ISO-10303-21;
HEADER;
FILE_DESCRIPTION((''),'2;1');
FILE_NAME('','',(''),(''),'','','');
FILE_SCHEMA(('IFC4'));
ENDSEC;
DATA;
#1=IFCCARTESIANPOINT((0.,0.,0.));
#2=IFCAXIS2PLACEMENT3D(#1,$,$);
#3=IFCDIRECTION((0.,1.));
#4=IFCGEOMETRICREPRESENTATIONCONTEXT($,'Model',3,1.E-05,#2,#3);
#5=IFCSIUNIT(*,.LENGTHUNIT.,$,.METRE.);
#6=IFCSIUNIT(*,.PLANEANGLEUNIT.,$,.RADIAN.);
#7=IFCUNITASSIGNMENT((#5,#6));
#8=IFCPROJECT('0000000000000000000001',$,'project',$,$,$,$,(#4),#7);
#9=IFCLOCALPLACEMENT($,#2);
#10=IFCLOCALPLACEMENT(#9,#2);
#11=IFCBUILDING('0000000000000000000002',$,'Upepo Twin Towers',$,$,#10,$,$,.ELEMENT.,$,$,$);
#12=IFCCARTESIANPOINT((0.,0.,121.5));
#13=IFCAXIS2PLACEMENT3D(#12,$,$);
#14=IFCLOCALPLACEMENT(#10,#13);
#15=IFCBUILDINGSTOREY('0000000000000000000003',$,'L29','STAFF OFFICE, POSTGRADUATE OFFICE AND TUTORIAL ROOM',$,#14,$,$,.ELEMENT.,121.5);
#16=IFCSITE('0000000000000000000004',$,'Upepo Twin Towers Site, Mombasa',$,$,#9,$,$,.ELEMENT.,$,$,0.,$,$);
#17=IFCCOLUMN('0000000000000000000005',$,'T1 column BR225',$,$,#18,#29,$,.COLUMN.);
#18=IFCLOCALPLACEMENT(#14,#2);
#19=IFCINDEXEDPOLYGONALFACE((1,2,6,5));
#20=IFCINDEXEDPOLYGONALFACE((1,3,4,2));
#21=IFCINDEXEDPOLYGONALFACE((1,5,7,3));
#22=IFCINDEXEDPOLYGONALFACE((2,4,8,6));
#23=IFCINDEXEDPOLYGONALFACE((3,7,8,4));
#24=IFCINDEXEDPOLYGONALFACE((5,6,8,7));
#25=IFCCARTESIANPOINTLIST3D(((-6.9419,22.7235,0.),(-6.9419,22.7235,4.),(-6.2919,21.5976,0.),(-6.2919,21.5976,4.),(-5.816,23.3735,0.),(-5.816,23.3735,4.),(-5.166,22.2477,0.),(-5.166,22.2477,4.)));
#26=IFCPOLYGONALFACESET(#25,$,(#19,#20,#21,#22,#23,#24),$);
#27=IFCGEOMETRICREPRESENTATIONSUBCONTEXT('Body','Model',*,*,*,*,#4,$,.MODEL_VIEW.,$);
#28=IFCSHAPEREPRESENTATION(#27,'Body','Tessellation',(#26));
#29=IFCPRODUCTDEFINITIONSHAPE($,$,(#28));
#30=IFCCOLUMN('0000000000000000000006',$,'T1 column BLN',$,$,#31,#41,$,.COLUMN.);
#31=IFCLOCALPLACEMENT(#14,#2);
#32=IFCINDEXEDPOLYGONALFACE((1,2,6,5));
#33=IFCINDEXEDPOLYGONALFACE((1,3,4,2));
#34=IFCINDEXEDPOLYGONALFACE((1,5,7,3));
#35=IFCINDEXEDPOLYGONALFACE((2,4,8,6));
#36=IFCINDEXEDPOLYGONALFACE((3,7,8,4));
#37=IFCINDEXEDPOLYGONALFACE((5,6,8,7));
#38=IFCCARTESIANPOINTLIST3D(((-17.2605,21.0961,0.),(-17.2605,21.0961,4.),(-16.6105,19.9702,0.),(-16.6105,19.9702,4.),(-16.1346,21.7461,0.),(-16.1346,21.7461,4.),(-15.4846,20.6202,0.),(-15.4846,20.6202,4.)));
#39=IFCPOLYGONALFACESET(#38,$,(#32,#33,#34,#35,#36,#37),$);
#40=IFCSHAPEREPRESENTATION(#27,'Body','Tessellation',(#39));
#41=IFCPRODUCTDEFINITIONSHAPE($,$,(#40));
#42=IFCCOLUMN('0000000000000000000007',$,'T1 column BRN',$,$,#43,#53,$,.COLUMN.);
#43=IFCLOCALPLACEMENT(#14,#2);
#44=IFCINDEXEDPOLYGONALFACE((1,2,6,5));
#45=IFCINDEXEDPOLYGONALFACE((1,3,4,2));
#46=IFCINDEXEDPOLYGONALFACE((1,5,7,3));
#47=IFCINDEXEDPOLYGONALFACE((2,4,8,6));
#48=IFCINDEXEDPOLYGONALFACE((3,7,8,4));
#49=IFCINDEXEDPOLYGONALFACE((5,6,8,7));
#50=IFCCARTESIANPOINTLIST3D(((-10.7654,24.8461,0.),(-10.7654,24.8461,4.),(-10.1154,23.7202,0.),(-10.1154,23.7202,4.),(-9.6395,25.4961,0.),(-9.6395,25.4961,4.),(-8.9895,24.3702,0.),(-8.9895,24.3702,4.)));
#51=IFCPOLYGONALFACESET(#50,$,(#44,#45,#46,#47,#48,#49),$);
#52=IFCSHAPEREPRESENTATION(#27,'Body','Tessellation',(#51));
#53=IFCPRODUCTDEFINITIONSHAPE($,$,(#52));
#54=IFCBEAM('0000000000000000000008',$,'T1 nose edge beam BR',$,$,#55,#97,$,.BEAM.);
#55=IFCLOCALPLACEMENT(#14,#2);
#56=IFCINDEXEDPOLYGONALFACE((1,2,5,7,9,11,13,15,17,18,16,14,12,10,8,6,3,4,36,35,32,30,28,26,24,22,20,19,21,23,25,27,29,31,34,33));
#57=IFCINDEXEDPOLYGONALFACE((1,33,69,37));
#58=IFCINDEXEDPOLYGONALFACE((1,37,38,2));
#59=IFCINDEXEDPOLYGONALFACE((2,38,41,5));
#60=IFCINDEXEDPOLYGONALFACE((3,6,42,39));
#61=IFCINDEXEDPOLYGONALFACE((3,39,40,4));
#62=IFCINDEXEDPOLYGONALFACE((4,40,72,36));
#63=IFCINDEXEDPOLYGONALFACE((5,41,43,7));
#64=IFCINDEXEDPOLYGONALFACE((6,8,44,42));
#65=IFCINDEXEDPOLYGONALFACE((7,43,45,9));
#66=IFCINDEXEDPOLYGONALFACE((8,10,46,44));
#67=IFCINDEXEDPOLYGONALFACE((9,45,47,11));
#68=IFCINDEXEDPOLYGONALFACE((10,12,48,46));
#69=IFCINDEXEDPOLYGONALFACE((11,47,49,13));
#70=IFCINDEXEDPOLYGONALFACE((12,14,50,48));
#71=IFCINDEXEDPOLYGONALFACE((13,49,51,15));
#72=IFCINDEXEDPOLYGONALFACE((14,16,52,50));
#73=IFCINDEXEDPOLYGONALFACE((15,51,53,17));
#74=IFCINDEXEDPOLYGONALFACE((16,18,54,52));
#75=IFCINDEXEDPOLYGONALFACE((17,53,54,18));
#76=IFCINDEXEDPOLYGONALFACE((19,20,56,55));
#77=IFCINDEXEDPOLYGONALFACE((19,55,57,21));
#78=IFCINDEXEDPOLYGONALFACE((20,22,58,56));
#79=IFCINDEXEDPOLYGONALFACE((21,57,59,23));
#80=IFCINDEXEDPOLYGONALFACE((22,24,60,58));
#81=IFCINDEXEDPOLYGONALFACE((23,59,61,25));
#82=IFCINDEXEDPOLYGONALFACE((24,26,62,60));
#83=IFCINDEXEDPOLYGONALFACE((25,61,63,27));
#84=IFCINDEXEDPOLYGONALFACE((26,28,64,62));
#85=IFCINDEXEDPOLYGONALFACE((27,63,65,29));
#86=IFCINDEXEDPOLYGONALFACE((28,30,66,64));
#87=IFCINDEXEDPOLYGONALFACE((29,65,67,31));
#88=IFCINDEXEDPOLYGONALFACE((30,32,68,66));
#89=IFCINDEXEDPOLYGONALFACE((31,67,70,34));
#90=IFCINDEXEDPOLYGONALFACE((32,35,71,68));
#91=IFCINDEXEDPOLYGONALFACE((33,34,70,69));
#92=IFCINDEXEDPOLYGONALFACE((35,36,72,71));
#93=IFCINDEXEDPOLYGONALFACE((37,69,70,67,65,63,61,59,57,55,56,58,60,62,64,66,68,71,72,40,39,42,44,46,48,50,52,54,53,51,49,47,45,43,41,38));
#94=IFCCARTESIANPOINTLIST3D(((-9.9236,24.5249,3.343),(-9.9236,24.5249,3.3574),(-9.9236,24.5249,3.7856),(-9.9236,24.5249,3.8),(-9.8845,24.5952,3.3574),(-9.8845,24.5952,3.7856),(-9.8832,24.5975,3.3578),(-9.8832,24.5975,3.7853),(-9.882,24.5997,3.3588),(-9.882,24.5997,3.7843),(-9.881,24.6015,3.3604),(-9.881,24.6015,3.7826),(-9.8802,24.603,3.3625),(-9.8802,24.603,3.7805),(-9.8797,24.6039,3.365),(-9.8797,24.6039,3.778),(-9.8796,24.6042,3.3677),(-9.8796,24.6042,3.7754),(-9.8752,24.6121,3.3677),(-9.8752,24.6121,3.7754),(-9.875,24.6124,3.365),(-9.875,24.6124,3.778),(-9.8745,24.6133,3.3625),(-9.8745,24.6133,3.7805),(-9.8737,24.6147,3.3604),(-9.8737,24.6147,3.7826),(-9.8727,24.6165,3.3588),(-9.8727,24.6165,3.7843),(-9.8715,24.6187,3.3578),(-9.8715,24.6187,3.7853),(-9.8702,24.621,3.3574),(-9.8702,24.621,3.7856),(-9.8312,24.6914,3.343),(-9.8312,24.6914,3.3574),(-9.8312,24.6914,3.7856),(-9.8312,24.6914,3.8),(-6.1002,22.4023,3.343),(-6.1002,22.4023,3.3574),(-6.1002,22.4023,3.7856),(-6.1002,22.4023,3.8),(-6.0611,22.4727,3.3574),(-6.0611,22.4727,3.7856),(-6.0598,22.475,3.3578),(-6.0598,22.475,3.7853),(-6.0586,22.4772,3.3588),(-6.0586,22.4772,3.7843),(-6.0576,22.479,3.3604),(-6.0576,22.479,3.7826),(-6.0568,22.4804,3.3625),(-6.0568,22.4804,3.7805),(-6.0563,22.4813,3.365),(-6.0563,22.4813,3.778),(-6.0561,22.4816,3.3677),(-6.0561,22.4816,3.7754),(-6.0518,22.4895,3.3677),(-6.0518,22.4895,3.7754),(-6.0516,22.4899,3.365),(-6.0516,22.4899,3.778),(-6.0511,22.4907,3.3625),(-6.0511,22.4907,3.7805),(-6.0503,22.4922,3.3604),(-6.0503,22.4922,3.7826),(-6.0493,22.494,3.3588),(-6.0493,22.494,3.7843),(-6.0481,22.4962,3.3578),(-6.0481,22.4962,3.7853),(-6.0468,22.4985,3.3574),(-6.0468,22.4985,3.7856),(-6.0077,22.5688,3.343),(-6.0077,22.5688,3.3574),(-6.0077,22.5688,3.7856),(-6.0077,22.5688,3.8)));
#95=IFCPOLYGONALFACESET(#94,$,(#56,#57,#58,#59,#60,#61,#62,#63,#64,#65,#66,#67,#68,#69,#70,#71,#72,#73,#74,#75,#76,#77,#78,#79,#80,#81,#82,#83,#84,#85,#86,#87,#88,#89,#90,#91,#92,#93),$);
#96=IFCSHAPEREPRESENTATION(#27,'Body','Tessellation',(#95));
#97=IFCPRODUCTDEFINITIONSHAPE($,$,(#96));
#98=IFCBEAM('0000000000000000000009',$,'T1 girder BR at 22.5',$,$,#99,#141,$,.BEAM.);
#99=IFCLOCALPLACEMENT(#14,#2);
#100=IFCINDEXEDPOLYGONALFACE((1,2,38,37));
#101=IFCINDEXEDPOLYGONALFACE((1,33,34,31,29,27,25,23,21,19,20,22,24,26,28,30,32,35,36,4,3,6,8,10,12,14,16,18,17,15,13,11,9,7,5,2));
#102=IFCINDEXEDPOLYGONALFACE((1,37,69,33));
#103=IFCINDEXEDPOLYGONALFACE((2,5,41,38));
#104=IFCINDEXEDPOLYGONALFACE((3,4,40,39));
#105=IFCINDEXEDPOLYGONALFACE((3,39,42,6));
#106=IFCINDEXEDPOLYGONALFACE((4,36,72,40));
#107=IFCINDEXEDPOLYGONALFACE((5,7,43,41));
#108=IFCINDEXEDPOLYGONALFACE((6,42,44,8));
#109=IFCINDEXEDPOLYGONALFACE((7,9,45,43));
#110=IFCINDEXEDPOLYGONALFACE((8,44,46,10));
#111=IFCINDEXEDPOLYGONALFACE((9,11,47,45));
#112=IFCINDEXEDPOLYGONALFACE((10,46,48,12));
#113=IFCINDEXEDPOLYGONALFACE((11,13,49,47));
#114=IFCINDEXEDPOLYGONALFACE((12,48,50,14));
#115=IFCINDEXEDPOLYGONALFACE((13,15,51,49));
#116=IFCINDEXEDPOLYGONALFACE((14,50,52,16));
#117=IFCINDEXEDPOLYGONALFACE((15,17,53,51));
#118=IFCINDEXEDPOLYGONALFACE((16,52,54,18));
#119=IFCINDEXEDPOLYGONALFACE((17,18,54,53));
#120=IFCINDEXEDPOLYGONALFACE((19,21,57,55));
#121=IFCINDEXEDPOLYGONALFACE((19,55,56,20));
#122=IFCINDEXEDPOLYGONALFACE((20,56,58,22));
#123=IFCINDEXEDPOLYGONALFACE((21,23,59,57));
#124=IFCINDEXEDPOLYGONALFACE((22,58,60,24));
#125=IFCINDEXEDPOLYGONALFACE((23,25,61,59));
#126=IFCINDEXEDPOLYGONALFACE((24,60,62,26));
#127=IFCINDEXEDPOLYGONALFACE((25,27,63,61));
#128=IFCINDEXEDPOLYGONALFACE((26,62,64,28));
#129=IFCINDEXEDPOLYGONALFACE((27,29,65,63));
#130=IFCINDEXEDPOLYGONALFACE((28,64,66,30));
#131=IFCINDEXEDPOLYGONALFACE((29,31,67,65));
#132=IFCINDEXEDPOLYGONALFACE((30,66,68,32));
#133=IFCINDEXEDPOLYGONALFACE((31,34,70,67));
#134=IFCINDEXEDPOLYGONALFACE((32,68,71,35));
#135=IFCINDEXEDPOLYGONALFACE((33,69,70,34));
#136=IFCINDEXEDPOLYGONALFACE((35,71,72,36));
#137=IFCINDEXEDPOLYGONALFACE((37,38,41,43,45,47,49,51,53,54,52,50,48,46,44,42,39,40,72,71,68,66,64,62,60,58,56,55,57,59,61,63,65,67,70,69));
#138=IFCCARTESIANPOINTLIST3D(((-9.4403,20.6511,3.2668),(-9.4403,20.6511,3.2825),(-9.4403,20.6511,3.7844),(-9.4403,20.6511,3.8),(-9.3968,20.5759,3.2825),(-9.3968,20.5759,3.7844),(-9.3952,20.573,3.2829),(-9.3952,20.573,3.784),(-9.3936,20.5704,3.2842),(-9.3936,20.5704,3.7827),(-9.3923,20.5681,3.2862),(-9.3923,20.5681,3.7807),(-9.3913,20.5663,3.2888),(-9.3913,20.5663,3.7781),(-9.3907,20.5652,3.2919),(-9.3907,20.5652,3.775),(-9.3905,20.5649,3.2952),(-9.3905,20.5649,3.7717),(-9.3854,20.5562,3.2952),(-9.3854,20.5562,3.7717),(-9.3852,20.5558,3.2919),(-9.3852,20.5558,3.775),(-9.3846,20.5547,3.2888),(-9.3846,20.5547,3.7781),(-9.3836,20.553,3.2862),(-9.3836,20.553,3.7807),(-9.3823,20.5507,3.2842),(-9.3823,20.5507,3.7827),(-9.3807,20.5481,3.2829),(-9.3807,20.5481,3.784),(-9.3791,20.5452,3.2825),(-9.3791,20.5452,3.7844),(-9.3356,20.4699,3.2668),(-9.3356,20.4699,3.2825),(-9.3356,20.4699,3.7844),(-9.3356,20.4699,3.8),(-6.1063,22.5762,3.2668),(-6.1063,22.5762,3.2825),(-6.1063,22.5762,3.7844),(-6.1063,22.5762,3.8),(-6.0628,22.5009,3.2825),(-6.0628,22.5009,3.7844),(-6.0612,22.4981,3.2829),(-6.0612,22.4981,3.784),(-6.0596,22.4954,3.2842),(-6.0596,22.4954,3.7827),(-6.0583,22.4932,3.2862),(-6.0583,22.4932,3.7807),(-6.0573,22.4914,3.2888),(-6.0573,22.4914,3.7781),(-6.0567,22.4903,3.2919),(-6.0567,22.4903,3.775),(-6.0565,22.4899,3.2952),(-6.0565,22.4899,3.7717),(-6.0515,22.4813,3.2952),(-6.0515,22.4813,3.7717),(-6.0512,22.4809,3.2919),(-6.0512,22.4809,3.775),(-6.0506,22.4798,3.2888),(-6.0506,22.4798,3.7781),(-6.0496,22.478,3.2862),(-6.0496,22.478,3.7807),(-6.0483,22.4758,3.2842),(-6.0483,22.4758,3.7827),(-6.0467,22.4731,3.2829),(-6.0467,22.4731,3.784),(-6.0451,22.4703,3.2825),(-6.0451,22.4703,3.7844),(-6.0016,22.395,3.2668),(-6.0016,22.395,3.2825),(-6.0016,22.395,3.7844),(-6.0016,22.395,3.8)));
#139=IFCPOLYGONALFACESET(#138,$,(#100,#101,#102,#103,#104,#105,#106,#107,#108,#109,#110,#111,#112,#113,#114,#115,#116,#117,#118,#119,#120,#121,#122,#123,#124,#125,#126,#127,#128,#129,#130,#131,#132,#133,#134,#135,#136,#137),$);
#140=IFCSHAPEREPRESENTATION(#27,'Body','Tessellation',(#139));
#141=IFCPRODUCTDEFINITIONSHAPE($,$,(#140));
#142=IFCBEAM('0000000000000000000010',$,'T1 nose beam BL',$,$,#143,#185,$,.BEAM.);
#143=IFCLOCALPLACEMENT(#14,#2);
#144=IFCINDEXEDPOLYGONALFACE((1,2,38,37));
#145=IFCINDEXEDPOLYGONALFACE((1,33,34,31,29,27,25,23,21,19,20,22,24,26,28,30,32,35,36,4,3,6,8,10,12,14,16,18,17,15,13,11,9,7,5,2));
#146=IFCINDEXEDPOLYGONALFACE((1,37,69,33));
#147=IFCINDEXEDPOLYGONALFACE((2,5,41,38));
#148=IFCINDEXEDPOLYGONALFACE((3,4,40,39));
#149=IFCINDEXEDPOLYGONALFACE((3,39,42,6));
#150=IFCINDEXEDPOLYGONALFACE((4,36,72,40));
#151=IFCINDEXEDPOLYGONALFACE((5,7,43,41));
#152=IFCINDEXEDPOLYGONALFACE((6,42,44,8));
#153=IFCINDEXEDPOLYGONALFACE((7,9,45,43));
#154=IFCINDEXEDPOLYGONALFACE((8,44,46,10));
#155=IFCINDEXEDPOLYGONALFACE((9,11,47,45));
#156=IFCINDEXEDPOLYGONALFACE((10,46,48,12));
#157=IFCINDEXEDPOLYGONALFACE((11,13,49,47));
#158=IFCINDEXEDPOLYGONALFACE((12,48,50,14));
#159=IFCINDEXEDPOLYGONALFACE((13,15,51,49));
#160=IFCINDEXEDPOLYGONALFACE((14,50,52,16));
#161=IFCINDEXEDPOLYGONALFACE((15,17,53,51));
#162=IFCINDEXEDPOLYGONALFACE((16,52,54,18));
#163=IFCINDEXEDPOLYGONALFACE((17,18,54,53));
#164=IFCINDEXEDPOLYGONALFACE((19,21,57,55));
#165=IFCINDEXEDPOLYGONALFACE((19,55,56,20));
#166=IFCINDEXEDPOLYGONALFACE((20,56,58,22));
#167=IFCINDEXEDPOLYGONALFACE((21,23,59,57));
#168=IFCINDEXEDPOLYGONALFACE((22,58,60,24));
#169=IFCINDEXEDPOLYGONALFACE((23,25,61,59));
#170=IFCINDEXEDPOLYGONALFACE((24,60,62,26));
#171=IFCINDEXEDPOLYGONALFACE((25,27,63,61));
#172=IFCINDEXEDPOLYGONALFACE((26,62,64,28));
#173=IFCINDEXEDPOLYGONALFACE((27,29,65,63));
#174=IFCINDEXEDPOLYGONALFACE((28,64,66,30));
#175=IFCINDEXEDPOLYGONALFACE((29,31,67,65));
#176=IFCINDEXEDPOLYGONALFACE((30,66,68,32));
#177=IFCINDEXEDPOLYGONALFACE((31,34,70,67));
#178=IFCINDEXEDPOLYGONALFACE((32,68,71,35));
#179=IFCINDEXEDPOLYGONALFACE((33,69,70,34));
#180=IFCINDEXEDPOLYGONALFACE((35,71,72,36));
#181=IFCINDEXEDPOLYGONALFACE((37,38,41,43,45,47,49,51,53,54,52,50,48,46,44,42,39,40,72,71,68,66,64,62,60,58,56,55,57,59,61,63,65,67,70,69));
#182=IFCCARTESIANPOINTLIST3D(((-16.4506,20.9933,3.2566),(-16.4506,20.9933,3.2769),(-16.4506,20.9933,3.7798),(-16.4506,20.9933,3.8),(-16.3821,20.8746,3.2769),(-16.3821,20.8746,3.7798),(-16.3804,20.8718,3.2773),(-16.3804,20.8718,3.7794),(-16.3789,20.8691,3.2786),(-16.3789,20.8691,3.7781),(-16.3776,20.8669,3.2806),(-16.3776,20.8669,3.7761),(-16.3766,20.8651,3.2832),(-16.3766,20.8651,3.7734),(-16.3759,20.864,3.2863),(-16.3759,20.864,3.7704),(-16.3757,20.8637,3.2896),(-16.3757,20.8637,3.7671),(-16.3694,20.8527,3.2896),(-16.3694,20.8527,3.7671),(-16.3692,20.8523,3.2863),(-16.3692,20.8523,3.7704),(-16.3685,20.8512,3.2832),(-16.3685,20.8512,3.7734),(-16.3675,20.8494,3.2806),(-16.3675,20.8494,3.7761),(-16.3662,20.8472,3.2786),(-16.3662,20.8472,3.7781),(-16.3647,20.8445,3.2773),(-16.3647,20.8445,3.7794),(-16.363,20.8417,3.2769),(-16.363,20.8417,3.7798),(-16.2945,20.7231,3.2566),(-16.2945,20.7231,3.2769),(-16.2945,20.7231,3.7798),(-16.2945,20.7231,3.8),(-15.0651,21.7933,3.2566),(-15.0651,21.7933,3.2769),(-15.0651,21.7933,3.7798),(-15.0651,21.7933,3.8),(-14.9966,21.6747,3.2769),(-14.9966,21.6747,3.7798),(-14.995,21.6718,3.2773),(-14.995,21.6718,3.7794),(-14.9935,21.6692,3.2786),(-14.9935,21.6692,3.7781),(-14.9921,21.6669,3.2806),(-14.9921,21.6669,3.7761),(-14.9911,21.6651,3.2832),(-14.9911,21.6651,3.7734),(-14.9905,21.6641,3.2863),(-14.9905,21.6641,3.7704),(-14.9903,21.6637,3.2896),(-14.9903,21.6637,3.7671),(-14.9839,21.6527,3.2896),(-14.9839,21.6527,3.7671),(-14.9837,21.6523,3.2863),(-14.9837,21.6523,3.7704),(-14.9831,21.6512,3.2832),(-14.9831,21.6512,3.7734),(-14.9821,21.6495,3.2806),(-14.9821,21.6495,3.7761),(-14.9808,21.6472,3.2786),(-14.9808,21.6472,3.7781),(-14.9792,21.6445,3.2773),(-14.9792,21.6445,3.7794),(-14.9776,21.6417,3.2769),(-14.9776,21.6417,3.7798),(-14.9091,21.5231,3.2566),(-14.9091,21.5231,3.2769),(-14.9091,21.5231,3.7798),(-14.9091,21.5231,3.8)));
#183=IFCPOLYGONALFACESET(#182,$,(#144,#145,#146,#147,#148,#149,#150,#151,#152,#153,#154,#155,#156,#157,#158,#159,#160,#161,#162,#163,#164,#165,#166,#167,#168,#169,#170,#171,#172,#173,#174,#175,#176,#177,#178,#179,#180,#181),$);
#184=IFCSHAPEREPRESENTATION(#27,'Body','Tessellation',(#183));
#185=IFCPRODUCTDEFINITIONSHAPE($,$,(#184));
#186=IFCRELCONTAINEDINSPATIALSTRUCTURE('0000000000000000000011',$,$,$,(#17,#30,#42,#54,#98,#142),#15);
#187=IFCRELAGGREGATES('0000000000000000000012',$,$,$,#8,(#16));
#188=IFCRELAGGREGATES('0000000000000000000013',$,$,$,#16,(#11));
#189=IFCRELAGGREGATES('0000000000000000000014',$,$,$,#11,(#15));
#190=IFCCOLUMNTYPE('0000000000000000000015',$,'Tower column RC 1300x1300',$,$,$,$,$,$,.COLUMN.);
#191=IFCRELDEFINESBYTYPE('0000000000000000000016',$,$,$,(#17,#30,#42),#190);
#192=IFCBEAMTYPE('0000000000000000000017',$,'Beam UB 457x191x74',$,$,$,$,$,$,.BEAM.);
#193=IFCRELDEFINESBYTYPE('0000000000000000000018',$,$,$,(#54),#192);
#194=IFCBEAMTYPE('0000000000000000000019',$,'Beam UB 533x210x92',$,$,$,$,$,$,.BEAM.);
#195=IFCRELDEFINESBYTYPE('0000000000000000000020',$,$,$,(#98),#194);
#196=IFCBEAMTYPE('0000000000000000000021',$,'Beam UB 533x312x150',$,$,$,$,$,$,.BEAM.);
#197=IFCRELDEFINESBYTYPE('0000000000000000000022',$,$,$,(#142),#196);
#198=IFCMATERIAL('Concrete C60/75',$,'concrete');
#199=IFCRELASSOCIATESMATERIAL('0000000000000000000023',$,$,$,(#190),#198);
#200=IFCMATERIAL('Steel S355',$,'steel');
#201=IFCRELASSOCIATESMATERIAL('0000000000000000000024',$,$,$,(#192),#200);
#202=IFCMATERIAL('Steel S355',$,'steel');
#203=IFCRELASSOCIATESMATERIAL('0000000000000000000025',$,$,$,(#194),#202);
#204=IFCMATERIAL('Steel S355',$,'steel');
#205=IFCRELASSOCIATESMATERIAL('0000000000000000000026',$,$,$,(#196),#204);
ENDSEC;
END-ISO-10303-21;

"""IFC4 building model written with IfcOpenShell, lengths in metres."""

from ifc_helpers import new_model, si_unit, direction, frame, origin, origin_2d, place, context, subcontext, project, spatial, rectangle, i_section, extrude, material, material_profile, profile_set, type_object, element, save


model = new_model("IFC4")

# Units and contexts
model_context = context("Model", 3, precision=1e-05, world=origin(), true_north=direction((0.0, 1.0)))
body_context = subcontext(model_context, "Body", "Model", "MODEL_VIEW")
ifc_project = project(units=[si_unit("LENGTHUNIT", "METRE"), si_unit("PLANEANGLEUNIT", "RADIAN")], contexts=[model_context])

# Site, building, storey
site_placement = place(None, origin())
site = spatial("IfcSite", under=ifc_project, at=site_placement, Name="Upepo Twin Towers Site, Mombasa", CompositionType="ELEMENT", RefElevation=0.0)
building_placement = place(site_placement, origin())
building = spatial("IfcBuilding", under=site, at=building_placement, Name="Upepo Twin Towers", CompositionType="ELEMENT")
storey_placement = place(building_placement, frame((0.0, 0.0, 121.5)))
storey = spatial("IfcBuildingStorey", under=building, at=storey_placement, Name="L29", Description="STAFF OFFICE, POSTGRADUATE OFFICE AND TUTORIAL ROOM", CompositionType="ELEMENT", Elevation=121.5)

# Columns
ifc_material_1 = material(Name="Concrete C60/75", Category="concrete")
ifc_material_profile_1 = material_profile(ifc_material_1, rectangle(XDim=1.3, YDim=1.3, at=origin_2d()), Name="RC 1300x1300")
ifc_profile_set_1 = profile_set([ifc_material_profile_1], Name="Concrete C60/75")
column_type = type_object("IfcColumnType", Name="Tower column RC 1300x1300", PredefinedType="COLUMN", material=ifc_profile_set_1)
for number, where, z_axis, x_axis, name in (
    (1, (-6.054, 22.4856, 0.0), (0.0, 0.0, 1.0), (0.866025, 0.5, 0.0), "T1 column BR225"),
    (2, (-16.3726, 20.8582, 0.0), (0.0, 0.0, 1.0), (0.866025, 0.5, 0.0), "T1 column BLN"),
    (3, (-9.8774, 24.6082, 0.0), (0.0, 0.0, 1.0), (0.866025, 0.5, 0.0), "T1 column BRN"),
):
    element("IfcColumn", number, at=place(storey_placement, frame(where, z_axis=z_axis, x_axis=x_axis)), inside=storey, type_object=column_type, Name=name, PredefinedType="COLUMN", context=body_context, shape_type="SweptSolid", body=[
        extrude(rectangle(XDim=1.3, YDim=1.3, at=origin_2d()), origin(), (0.0, 0.0, 1.0), 4.0),
    ])

# Beams
ifc_material_2 = material(Name="Steel S355", Category="steel")
ifc_material_profile_2 = material_profile(ifc_material_2, i_section(OverallWidth=0.1904, OverallDepth=0.457, WebThickness=0.009, FlangeThickness=0.0144, FilletRadius=0.0103, at=origin_2d()), Name="UB 457x191x74")
ifc_profile_set_2 = profile_set([ifc_material_profile_2], Name="Steel S355")
beam_type_1 = type_object("IfcBeamType", Name="Beam UB 457x191x74", PredefinedType="BEAM", material=ifc_profile_set_2)
beam_1_placement = place(storey_placement, frame((-6.054, 22.4856, 3.5715), z_axis=(-0.874313, 0.485363, 0.0), x_axis=(-0.485363, -0.874313, 0.0)))
element("IfcBeam", 4, at=beam_1_placement, inside=storey, type_object=beam_type_1, Name="T1 nose edge beam BR", PredefinedType="BEAM", context=body_context, shape_type="SweptSolid", body=[
    extrude(i_section(OverallWidth=0.1904, OverallDepth=0.457, WebThickness=0.009, FlangeThickness=0.0144, FilletRadius=0.0103, at=origin_2d()), origin(), (0.0, 0.0, 1.0), 4.373),
])
ifc_material_3 = material(Name="Steel S355", Category="steel")
ifc_material_profile_3 = material_profile(ifc_material_3, i_section(OverallWidth=0.2092, OverallDepth=0.5332, WebThickness=0.01, FlangeThickness=0.0156, FilletRadius=0.0127, at=origin_2d()), Name="UB 533x210x92")
ifc_profile_set_3 = profile_set([ifc_material_profile_3], Name="Steel S355")
beam_type_2 = type_object("IfcBeamType", Name="Beam UB 533x210x92", PredefinedType="BEAM", material=ifc_profile_set_3)
beam_2_placement = place(storey_placement, frame((-6.054, 22.4856, 3.5334), z_axis=(-0.866006, -0.500034, 0.0), x_axis=(0.500034, -0.866006, 0.0)))
element("IfcBeam", 5, at=beam_2_placement, inside=storey, type_object=beam_type_2, Name="T1 girder BR at 22.5", PredefinedType="BEAM", context=body_context, shape_type="SweptSolid", body=[
    extrude(i_section(OverallWidth=0.2092, OverallDepth=0.5332, WebThickness=0.01, FlangeThickness=0.0156, FilletRadius=0.0127, at=origin_2d()), origin(), (0.0, 0.0, 1.0), 3.8499),
])
ifc_material_4 = material(Name="Steel S355", Category="steel")
ifc_material_profile_4 = material_profile(ifc_material_4, i_section(OverallWidth=0.312, OverallDepth=0.5435, WebThickness=0.0127, FlangeThickness=0.0203, FilletRadius=0.0127, at=origin_2d()), Name="UB 533x312x150")
ifc_profile_set_4 = profile_set([ifc_material_profile_4], Name="Steel S355")
beam_type_3 = type_object("IfcBeamType", Name="Beam UB 533x312x150", PredefinedType="BEAM", material=ifc_profile_set_4)
for number, where, z_axis, x_axis, name in (
    (6, (-16.3726, 20.8582, 3.5283), (0.86599, 0.500061, 0.0), (-0.500061, 0.86599, 0.0), "T1 nose beam BL"),
):
    element("IfcBeam", number, at=place(storey_placement, frame(where, z_axis=z_axis, x_axis=x_axis)), inside=storey, type_object=beam_type_3, Name=name, PredefinedType="BEAM", context=body_context, shape_type="SweptSolid", body=[
        extrude(i_section(OverallWidth=0.312, OverallDepth=0.5435, WebThickness=0.0127, FlangeThickness=0.0203, FilletRadius=0.0127, at=origin_2d()), origin(), (0.0, 0.0, 1.0), 1.5999),
    ])

save(model, "model.ifc")
